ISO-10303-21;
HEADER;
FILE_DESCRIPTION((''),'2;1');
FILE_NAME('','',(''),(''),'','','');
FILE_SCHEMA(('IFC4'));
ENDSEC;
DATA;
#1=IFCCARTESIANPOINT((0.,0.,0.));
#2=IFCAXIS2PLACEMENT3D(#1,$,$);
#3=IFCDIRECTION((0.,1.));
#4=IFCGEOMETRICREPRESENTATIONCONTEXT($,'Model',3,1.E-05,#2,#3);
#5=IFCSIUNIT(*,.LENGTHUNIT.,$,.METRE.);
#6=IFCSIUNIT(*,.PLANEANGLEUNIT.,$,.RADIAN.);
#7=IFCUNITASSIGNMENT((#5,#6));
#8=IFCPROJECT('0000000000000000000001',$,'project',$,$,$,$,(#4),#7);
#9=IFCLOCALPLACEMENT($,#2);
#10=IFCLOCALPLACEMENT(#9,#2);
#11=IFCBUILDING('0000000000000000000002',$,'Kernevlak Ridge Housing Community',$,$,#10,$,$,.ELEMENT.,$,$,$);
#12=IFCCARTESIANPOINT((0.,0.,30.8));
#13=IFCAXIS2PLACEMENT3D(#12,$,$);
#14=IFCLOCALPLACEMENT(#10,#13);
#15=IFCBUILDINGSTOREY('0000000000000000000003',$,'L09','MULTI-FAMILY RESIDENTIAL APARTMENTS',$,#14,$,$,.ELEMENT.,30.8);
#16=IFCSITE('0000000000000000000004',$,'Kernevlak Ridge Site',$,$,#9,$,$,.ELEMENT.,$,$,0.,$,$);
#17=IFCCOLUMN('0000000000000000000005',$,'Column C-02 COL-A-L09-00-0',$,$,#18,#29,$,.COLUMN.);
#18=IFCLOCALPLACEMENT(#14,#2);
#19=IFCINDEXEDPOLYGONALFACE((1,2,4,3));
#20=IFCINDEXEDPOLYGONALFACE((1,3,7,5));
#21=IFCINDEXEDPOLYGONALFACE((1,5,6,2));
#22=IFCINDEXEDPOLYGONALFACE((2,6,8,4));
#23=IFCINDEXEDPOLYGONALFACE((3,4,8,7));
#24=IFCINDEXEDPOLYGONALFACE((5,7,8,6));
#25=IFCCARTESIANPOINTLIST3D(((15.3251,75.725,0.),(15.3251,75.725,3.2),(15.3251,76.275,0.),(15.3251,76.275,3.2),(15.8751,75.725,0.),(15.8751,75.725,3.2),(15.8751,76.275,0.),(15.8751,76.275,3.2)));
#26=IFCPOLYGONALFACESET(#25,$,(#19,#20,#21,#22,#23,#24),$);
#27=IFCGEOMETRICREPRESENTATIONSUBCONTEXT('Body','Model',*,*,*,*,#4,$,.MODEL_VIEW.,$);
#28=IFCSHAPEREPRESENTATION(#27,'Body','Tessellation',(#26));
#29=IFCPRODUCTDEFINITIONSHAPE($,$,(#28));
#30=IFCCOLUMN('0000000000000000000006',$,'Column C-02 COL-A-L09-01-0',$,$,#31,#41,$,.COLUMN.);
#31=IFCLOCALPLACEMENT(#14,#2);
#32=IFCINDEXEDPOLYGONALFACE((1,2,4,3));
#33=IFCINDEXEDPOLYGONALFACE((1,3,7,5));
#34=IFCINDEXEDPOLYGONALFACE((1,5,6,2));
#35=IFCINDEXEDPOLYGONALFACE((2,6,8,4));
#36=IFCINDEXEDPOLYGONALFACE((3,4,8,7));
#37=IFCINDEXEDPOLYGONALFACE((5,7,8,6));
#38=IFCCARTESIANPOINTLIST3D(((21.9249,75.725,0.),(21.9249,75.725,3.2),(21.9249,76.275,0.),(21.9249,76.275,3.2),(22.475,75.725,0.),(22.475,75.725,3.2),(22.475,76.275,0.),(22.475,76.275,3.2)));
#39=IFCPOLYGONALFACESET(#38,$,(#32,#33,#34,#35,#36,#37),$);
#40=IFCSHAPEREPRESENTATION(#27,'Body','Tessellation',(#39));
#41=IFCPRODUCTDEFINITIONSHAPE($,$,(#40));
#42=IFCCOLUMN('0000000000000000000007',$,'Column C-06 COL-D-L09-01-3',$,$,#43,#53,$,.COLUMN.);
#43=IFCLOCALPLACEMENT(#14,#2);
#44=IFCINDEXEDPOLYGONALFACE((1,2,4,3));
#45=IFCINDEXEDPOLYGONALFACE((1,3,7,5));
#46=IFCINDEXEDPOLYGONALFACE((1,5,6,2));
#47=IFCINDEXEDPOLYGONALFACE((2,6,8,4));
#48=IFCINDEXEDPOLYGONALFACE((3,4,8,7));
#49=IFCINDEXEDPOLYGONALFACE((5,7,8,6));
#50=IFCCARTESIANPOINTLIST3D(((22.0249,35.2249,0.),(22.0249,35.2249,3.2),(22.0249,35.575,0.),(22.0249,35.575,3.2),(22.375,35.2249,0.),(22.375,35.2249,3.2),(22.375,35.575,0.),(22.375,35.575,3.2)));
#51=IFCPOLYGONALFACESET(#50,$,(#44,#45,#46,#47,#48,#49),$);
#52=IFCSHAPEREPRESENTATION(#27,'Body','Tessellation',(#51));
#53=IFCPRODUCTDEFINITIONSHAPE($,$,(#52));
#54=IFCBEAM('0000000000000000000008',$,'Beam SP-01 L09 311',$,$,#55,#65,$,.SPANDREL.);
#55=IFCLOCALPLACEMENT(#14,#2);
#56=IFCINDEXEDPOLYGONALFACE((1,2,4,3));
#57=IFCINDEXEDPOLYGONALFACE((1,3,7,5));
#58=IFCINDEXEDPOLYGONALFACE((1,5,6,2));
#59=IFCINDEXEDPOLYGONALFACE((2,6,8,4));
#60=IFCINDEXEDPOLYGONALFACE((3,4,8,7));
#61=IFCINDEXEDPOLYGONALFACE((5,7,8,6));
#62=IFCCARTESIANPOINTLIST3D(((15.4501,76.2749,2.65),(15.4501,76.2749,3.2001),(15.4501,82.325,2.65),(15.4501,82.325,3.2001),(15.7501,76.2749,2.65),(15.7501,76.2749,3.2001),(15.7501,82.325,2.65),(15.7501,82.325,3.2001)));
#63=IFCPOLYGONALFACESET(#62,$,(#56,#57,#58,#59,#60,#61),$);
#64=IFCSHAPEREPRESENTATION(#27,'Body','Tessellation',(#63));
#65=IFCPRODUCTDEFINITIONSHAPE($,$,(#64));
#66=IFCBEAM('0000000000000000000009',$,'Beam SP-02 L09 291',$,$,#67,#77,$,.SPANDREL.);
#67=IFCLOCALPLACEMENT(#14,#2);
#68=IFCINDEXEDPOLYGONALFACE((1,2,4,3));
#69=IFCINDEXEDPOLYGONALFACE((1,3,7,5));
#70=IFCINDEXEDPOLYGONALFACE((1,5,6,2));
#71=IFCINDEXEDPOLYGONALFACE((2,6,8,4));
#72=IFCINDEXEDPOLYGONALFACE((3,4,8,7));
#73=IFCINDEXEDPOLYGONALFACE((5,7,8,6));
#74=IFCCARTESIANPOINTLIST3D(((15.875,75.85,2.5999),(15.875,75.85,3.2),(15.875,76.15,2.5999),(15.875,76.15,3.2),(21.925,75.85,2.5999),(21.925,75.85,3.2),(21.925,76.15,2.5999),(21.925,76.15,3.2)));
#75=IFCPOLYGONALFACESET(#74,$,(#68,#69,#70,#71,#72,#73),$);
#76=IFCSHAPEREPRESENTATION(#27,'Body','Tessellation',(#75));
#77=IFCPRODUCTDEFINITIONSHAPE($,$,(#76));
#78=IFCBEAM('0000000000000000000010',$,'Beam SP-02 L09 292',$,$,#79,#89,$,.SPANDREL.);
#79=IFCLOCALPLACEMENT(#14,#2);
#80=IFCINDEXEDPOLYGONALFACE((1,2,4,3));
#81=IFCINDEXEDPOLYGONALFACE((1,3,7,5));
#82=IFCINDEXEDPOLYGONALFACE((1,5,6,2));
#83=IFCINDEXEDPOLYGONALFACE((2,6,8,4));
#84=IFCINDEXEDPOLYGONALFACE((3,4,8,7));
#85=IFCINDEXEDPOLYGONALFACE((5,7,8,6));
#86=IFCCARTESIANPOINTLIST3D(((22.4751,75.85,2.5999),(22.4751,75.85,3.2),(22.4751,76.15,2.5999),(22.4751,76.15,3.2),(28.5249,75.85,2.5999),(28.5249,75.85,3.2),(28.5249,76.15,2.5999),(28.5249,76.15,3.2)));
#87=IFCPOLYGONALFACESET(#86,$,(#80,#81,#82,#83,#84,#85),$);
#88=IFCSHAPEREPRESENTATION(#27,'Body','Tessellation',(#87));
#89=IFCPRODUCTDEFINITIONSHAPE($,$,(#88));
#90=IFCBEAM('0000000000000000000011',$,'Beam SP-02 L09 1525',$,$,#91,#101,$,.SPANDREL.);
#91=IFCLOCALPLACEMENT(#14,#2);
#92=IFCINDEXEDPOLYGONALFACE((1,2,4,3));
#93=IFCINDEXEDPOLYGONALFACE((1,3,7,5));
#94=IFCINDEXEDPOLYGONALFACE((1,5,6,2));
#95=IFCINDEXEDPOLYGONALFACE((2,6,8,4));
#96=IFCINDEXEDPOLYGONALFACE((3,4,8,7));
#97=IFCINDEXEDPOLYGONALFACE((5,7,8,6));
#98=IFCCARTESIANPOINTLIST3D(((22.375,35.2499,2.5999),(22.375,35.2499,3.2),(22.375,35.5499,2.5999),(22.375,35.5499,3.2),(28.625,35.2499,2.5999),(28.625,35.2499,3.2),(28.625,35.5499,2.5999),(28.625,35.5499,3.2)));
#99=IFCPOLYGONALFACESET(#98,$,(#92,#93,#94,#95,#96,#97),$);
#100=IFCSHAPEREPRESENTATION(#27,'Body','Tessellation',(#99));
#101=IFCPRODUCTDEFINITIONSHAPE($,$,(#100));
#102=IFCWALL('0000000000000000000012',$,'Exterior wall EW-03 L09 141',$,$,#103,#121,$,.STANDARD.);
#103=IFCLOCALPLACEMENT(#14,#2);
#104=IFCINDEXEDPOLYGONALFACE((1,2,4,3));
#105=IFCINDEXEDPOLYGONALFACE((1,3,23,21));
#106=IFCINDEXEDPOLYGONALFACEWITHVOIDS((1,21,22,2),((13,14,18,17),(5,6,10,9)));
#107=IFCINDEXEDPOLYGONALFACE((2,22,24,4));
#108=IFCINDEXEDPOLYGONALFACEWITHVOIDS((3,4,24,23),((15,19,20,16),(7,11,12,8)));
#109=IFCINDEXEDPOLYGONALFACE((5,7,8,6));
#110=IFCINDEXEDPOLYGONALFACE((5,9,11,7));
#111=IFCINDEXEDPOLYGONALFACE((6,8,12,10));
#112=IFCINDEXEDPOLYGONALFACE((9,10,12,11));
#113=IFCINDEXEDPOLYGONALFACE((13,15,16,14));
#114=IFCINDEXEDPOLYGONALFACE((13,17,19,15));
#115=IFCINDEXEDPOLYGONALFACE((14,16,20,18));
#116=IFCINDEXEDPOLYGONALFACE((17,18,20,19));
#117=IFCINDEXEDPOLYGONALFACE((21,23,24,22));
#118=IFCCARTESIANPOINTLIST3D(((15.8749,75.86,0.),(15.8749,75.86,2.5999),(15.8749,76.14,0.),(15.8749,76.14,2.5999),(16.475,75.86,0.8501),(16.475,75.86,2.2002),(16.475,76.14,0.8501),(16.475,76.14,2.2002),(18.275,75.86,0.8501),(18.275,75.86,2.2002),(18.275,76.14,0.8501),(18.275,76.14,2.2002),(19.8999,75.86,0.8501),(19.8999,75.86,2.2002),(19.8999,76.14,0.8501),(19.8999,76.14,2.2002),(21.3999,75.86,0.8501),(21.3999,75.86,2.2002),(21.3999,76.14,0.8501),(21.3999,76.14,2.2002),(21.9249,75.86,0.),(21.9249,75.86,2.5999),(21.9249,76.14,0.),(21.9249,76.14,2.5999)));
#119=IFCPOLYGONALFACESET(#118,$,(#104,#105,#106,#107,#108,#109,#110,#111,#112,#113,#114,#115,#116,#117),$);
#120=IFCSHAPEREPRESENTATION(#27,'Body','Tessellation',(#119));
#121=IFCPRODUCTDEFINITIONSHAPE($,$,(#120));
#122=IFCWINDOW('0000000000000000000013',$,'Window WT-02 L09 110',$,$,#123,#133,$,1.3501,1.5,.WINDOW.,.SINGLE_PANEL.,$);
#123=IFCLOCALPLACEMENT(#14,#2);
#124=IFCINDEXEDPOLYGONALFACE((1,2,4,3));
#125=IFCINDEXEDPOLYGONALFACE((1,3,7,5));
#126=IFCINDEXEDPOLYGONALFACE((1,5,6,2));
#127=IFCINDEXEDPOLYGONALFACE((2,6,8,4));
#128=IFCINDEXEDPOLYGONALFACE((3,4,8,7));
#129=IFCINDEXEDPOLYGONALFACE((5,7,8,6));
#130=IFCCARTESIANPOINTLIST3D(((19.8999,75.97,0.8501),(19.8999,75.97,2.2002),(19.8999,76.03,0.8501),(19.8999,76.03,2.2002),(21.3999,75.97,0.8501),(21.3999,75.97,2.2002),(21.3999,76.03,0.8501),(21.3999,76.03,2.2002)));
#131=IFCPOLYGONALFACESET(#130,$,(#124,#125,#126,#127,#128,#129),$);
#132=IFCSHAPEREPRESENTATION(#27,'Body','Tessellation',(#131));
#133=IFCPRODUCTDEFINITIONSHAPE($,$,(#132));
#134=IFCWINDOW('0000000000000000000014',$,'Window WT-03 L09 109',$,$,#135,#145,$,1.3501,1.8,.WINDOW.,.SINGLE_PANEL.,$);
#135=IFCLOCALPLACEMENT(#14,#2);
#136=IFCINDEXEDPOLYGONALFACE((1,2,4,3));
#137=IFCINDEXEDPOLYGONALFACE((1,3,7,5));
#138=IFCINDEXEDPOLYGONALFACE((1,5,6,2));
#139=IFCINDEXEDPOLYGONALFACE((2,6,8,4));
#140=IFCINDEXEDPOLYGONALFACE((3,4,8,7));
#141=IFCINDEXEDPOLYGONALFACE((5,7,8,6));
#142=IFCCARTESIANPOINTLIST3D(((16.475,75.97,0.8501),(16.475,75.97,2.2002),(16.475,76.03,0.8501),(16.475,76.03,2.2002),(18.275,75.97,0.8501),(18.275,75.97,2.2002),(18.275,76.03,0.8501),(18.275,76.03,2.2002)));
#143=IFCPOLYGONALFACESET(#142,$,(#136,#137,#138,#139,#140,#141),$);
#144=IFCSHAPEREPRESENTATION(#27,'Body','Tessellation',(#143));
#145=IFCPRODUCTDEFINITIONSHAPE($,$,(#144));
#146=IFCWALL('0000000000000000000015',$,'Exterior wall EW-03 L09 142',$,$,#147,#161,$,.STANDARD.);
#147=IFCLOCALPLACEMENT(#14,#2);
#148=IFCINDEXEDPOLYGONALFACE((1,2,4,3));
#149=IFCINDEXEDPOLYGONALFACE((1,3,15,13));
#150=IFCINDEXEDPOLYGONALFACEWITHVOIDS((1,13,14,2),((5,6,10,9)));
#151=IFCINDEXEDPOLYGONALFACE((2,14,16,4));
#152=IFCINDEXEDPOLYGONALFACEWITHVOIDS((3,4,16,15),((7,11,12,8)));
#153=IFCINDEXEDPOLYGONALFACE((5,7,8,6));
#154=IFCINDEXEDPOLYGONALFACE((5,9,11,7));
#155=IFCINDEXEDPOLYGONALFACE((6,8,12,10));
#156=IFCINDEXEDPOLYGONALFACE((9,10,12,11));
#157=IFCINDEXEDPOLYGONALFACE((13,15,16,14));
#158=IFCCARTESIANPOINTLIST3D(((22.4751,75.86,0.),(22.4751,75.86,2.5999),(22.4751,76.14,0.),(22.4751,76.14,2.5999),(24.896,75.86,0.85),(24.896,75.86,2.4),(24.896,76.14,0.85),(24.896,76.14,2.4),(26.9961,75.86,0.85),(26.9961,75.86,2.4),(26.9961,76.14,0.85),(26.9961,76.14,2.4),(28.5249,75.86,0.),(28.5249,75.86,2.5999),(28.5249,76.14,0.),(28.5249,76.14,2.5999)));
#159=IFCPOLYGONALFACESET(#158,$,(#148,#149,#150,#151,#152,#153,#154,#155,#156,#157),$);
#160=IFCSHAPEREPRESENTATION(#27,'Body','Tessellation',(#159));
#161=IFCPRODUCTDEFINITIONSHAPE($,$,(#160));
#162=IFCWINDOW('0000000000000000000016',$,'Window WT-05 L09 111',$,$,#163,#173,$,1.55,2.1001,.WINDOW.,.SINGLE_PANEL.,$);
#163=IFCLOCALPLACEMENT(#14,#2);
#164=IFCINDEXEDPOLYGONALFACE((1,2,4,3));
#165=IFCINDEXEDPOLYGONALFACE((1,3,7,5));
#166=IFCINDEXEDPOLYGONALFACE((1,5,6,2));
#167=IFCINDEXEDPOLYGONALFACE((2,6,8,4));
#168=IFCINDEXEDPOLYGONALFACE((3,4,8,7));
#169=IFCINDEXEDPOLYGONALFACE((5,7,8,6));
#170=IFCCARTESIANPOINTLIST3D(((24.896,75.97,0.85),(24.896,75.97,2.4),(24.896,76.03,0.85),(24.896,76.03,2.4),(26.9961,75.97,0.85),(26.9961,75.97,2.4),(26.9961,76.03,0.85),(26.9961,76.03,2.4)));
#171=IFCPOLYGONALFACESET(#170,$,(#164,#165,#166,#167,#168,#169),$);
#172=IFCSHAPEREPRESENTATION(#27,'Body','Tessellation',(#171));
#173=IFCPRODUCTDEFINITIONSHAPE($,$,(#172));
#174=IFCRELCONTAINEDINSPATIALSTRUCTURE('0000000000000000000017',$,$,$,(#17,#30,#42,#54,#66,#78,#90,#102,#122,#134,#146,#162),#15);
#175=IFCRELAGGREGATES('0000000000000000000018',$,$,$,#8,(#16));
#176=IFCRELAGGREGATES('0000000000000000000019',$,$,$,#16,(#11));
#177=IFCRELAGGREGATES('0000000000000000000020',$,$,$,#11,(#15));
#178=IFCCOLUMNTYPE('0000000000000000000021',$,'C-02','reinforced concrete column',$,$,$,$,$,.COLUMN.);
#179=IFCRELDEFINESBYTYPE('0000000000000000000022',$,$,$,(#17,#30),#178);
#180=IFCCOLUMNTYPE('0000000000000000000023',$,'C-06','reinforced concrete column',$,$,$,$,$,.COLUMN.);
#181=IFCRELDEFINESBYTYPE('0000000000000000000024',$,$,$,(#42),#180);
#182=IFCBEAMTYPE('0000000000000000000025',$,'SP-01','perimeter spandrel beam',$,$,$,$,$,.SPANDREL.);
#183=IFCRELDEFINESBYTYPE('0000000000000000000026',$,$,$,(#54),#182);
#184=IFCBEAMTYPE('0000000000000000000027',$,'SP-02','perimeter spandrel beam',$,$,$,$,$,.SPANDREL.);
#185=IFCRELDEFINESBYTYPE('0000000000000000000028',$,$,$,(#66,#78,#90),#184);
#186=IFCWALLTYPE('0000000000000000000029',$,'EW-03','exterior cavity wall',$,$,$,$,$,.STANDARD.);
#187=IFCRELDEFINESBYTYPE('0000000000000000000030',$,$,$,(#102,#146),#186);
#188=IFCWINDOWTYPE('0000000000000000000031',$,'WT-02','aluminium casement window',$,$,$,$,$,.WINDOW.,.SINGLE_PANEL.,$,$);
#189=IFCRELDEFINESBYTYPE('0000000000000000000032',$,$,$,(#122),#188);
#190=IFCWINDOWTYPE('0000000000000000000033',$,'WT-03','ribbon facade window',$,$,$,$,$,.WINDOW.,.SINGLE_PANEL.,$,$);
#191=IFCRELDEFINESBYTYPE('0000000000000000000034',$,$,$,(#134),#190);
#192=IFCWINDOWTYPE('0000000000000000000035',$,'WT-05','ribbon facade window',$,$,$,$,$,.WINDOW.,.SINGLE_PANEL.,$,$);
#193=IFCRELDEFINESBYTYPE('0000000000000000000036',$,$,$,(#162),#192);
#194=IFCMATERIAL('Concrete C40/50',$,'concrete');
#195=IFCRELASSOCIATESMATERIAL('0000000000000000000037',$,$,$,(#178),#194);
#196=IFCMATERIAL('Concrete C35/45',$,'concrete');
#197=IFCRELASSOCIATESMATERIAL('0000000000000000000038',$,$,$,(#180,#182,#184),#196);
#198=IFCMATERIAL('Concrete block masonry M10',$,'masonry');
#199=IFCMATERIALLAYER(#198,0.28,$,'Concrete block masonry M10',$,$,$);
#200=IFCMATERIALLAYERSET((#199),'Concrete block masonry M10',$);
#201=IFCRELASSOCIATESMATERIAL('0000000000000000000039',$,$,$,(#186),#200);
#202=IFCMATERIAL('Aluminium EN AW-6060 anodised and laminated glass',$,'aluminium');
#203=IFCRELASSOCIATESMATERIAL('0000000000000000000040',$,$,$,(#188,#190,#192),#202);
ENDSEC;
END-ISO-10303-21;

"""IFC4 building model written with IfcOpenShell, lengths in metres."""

from ifc_helpers import new_model, si_unit, direction, frame, frame_2d, origin, origin_2d, place, context, subcontext, project, spatial, rectangle, extrude, material, layer, layer_set, material_profile, profile_set, type_object, element, fill, save


model = new_model("IFC4")

# Units and contexts
model_context = context("Model", 3, precision=1e-05, world=origin(), true_north=direction((0.0, 1.0)))
body_context = subcontext(model_context, "Body", "Model", "MODEL_VIEW")
ifc_project = project(units=[si_unit("LENGTHUNIT", "METRE"), si_unit("PLANEANGLEUNIT", "RADIAN")], contexts=[model_context])

# Site, building, storey
site_placement = place(None, origin())
site = spatial("IfcSite", under=ifc_project, at=site_placement, Name="Kernevlak Ridge Site", CompositionType="ELEMENT", RefElevation=0.0)
building_placement = place(site_placement, origin())
building = spatial("IfcBuilding", under=site, at=building_placement, Name="Kernevlak Ridge Housing Community", CompositionType="ELEMENT")
storey_placement = place(building_placement, frame((0.0, 0.0, 30.8)))
storey = spatial("IfcBuildingStorey", under=building, at=storey_placement, Name="L09", Description="MULTI-FAMILY RESIDENTIAL APARTMENTS", CompositionType="ELEMENT", Elevation=30.8)

# Columns
ifc_material_1 = material(Name="Concrete C40/50", Category="concrete")
ifc_material_profile_1 = material_profile(ifc_material_1, rectangle(XDim=0.55, YDim=0.55, at=origin_2d()), Name="RC 550x550")
ifc_profile_set_1 = profile_set([ifc_material_profile_1], Name="Concrete C40/50")
column_type_1 = type_object("IfcColumnType", Name="C-02", Description="reinforced concrete column", PredefinedType="COLUMN", material=ifc_profile_set_1)
for number, where, z_axis, x_axis, name in (
    (1, (15.6001, 76.0, 0.0), (0.0, 0.0, 1.0), (1.0, 0.0, 0.0), "Column C-02 COL-A-L09-00-0"),
    (2, (22.2, 76.0, 0.0), (0.0, 0.0, 1.0), (1.0, 0.0, 0.0), "Column C-02 COL-A-L09-01-0"),
):
    element("IfcColumn", number, at=place(storey_placement, frame(where, z_axis=z_axis, x_axis=x_axis)), inside=storey, type_object=column_type_1, Name=name, PredefinedType="COLUMN", context=body_context, shape_type="SweptSolid", body=[
        extrude(rectangle(XDim=0.55, YDim=0.55, at=origin_2d()), origin(), (0.0, 0.0, 1.0), 3.2),
    ])
ifc_material_2 = material(Name="Concrete C35/45", Category="concrete")
ifc_material_profile_2 = material_profile(ifc_material_2, rectangle(XDim=0.3501, YDim=0.3501, at=origin_2d()), Name="RC 350x350")
ifc_profile_set_2 = profile_set([ifc_material_profile_2], Name="Concrete C35/45")
column_type_2 = type_object("IfcColumnType", Name="C-06", Description="reinforced concrete column", PredefinedType="COLUMN", material=ifc_profile_set_2)
column_placement = place(storey_placement, frame((22.2, 35.3999, 0.0), z_axis=(0.0, 0.0, 1.0), x_axis=(1.0, 0.0, 0.0)))
element("IfcColumn", 3, at=column_placement, inside=storey, type_object=column_type_2, Name="Column C-06 COL-D-L09-01-3", PredefinedType="COLUMN", context=body_context, shape_type="SweptSolid", body=[
    extrude(rectangle(XDim=0.3501, YDim=0.3501, at=origin_2d()), origin(), (0.0, 0.0, 1.0), 3.2),
])

# Beams
ifc_material_profile_3 = material_profile(ifc_material_2, rectangle(XDim=0.3, YDim=0.55, at=origin_2d()), Name="RC 300x550")
ifc_profile_set_3 = profile_set([ifc_material_profile_3], Name="Concrete C35/45")
beam_type_1 = type_object("IfcBeamType", Name="SP-01", Description="perimeter spandrel beam", PredefinedType="SPANDREL", material=ifc_profile_set_3)
beam_1_placement = place(storey_placement, frame((15.6001, 76.2749, 2.925), z_axis=(0.0, 1.0, 0.0), x_axis=(-1.0, 0.0, 0.0)))
element("IfcBeam", 4, at=beam_1_placement, inside=storey, type_object=beam_type_1, Name="Beam SP-01 L09 311", PredefinedType="SPANDREL", context=body_context, shape_type="SweptSolid", body=[
    extrude(rectangle(XDim=0.3, YDim=0.55, at=origin_2d()), origin(), (0.0, 0.0, 1.0), 6.05),
])
ifc_material_profile_4 = material_profile(ifc_material_2, rectangle(XDim=0.3, YDim=0.6001, at=origin_2d()), Name="RC 300x600")
ifc_profile_set_4 = profile_set([ifc_material_profile_4], Name="Concrete C35/45")
beam_type_2 = type_object("IfcBeamType", Name="SP-02", Description="perimeter spandrel beam", PredefinedType="SPANDREL", material=ifc_profile_set_4)
beam_2_placement = place(storey_placement, frame((15.875, 76.0, 2.8999), z_axis=(1.0, 0.0, 0.0), x_axis=(0.0, 1.0, 0.0)))
element("IfcBeam", 5, at=beam_2_placement, inside=storey, type_object=beam_type_2, Name="Beam SP-02 L09 291", PredefinedType="SPANDREL", context=body_context, shape_type="SweptSolid", body=[
    extrude(rectangle(XDim=0.3, YDim=0.6001, at=origin_2d()), origin(), (0.0, 0.0, 1.0), 6.05),
])
beam_3_placement = place(storey_placement, frame((22.4751, 76.0, 2.8999), z_axis=(1.0, 0.0, 0.0), x_axis=(0.0, 1.0, 0.0)))
element("IfcBeam", 6, at=beam_3_placement, inside=storey, type_object=beam_type_2, Name="Beam SP-02 L09 292", PredefinedType="SPANDREL", context=body_context, shape_type="SweptSolid", body=[
    extrude(rectangle(XDim=0.3, YDim=0.6001, at=origin_2d()), origin(), (0.0, 0.0, 1.0), 6.0498),
])
beam_4_placement = place(storey_placement, frame((22.375, 35.3999, 2.8999), z_axis=(1.0, 0.0, 0.0), x_axis=(0.0, 1.0, 0.0)))
element("IfcBeam", 7, at=beam_4_placement, inside=storey, type_object=beam_type_2, Name="Beam SP-02 L09 1525", PredefinedType="SPANDREL", context=body_context, shape_type="SweptSolid", body=[
    extrude(rectangle(XDim=0.3, YDim=0.6001, at=origin_2d()), origin(), (0.0, 0.0, 1.0), 6.25),
])

# Wall, openings, windows
ifc_material_3 = material(Name="Concrete block masonry M10", Category="masonry")
ifc_layer_1 = layer(ifc_material_3, 0.28, Name="Concrete block masonry M10")
ifc_layer_set_1 = layer_set([ifc_layer_1], Name="Concrete block masonry M10")
wall_type_1 = type_object("IfcWallType", Name="EW-03", Description="exterior cavity wall", PredefinedType="STANDARD", material=ifc_layer_set_1)
wall_1_placement = place(storey_placement, frame((15.875, 76.0, 0.0), z_axis=(0.0, 0.0, 1.0), x_axis=(1.0, 0.0, 0.0)))
wall_1 = element("IfcWall", 8, at=wall_1_placement, inside=storey, type_object=wall_type_1, Name="Exterior wall EW-03 L09 141", PredefinedType="STANDARD", context=body_context, shape_type="SweptSolid", body=[
    extrude(rectangle(XDim=6.05, YDim=0.28, at=frame_2d((3.0249, 0.0))), origin(), (0.0, 0.0, 1.0), 2.5999),
])
opening_1_placement = place(wall_1_placement, frame((0.6001, 0.0, 0.8501)))
opening_1 = element("IfcOpeningElement", 9, at=opening_1_placement, cuts=wall_1, PredefinedType="OPENING", context=body_context, shape_type="SweptSolid", body=[
    extrude(rectangle(XDim=1.8, YDim=1.3501, at=frame_2d((0.8999, 0.675))), frame((0.0, 0.1499, 0.0), z_axis=(0.0, -1.0, 0.0), x_axis=(1.0, 0.0, 0.0)), (0.0, 0.0, 1.0), 0.3),
])
opening_2_placement = place(wall_1_placement, frame((4.0249, 0.0, 0.8501)))
opening_2 = element("IfcOpeningElement", 10, at=opening_2_placement, cuts=wall_1, PredefinedType="OPENING", context=body_context, shape_type="SweptSolid", body=[
    extrude(rectangle(XDim=1.5, YDim=1.3501, at=frame_2d((0.75, 0.675))), frame((0.0, 0.1499, 0.0), z_axis=(0.0, -1.0, 0.0), x_axis=(1.0, 0.0, 0.0)), (0.0, 0.0, 1.0), 0.3),
])
ifc_material_4 = material(Name="Aluminium EN AW-6060 anodised and laminated glass", Category="aluminium")
window_type_1 = type_object("IfcWindowType", Name="WT-02", Description="aluminium casement window", PartitioningType="SINGLE_PANEL", PredefinedType="WINDOW", material=ifc_material_4)
window_1_placement = place(opening_2_placement, origin())
window_1 = element("IfcWindow", 11, at=window_1_placement, inside=storey, type_object=window_type_1, Name="Window WT-02 L09 110", OverallHeight=1.3501, OverallWidth=1.5, PartitioningType="SINGLE_PANEL", PredefinedType="WINDOW", context=body_context, shape_type="SweptSolid", body=[
    extrude(rectangle(XDim=1.5, YDim=1.3501, at=frame_2d((0.75, 0.675))), frame((0.0, 0.03, 0.0), z_axis=(0.0, -1.0, 0.0), x_axis=(1.0, 0.0, 0.0)), (0.0, 0.0, 1.0), 0.0601),
])
fill(opening_2, window_1)
window_type_2 = type_object("IfcWindowType", Name="WT-03", Description="ribbon facade window", PartitioningType="SINGLE_PANEL", PredefinedType="WINDOW", material=ifc_material_4)
window_2_placement = place(opening_1_placement, origin())
window_2 = element("IfcWindow", 12, at=window_2_placement, inside=storey, type_object=window_type_2, Name="Window WT-03 L09 109", OverallHeight=1.3501, OverallWidth=1.8, PartitioningType="SINGLE_PANEL", PredefinedType="WINDOW", context=body_context, shape_type="SweptSolid", body=[
    extrude(rectangle(XDim=1.8, YDim=1.3501, at=frame_2d((0.8999, 0.675))), frame((0.0, 0.03, 0.0), z_axis=(0.0, -1.0, 0.0), x_axis=(1.0, 0.0, 0.0)), (0.0, 0.0, 1.0), 0.0601),
])
fill(opening_1, window_2)

# Wall, opening, window
wall_2_placement = place(storey_placement, frame((22.4751, 76.0, 0.0), z_axis=(0.0, 0.0, 1.0), x_axis=(1.0, 0.0, 0.0)))
wall_2 = element("IfcWall", 13, at=wall_2_placement, inside=storey, type_object=wall_type_1, Name="Exterior wall EW-03 L09 142", PredefinedType="STANDARD", context=body_context, shape_type="SweptSolid", body=[
    extrude(rectangle(XDim=6.0498, YDim=0.28, at=frame_2d((3.0249, 0.0))), origin(), (0.0, 0.0, 1.0), 2.5999),
])
opening_3_placement = place(wall_2_placement, frame((2.4209, 0.0, 0.8501)))
opening_3 = element("IfcOpeningElement", 14, at=opening_3_placement, cuts=wall_2, PredefinedType="OPENING", context=body_context, shape_type="SweptSolid", body=[
    extrude(rectangle(XDim=2.1001, YDim=1.55, at=frame_2d((1.05, 0.7749))), frame((0.0, 0.1499, 0.0), z_axis=(0.0, -1.0, 0.0), x_axis=(1.0, 0.0, 0.0)), (0.0, 0.0, 1.0), 0.3),
])
window_type_3 = type_object("IfcWindowType", Name="WT-05", Description="ribbon facade window", PartitioningType="SINGLE_PANEL", PredefinedType="WINDOW", material=ifc_material_4)
window_3_placement = place(opening_3_placement, origin())
window_3 = element("IfcWindow", 15, at=window_3_placement, inside=storey, type_object=window_type_3, Name="Window WT-05 L09 111", OverallHeight=1.55, OverallWidth=2.1001, PartitioningType="SINGLE_PANEL", PredefinedType="WINDOW", context=body_context, shape_type="SweptSolid", body=[
    extrude(rectangle(XDim=2.1001, YDim=1.55, at=frame_2d((1.05, 0.7749))), frame((0.0, 0.03, 0.0), z_axis=(0.0, -1.0, 0.0), x_axis=(1.0, 0.0, 0.0)), (0.0, 0.0, 1.0), 0.0601),
])
fill(opening_3, window_3)

save(model, "model.ifc")
